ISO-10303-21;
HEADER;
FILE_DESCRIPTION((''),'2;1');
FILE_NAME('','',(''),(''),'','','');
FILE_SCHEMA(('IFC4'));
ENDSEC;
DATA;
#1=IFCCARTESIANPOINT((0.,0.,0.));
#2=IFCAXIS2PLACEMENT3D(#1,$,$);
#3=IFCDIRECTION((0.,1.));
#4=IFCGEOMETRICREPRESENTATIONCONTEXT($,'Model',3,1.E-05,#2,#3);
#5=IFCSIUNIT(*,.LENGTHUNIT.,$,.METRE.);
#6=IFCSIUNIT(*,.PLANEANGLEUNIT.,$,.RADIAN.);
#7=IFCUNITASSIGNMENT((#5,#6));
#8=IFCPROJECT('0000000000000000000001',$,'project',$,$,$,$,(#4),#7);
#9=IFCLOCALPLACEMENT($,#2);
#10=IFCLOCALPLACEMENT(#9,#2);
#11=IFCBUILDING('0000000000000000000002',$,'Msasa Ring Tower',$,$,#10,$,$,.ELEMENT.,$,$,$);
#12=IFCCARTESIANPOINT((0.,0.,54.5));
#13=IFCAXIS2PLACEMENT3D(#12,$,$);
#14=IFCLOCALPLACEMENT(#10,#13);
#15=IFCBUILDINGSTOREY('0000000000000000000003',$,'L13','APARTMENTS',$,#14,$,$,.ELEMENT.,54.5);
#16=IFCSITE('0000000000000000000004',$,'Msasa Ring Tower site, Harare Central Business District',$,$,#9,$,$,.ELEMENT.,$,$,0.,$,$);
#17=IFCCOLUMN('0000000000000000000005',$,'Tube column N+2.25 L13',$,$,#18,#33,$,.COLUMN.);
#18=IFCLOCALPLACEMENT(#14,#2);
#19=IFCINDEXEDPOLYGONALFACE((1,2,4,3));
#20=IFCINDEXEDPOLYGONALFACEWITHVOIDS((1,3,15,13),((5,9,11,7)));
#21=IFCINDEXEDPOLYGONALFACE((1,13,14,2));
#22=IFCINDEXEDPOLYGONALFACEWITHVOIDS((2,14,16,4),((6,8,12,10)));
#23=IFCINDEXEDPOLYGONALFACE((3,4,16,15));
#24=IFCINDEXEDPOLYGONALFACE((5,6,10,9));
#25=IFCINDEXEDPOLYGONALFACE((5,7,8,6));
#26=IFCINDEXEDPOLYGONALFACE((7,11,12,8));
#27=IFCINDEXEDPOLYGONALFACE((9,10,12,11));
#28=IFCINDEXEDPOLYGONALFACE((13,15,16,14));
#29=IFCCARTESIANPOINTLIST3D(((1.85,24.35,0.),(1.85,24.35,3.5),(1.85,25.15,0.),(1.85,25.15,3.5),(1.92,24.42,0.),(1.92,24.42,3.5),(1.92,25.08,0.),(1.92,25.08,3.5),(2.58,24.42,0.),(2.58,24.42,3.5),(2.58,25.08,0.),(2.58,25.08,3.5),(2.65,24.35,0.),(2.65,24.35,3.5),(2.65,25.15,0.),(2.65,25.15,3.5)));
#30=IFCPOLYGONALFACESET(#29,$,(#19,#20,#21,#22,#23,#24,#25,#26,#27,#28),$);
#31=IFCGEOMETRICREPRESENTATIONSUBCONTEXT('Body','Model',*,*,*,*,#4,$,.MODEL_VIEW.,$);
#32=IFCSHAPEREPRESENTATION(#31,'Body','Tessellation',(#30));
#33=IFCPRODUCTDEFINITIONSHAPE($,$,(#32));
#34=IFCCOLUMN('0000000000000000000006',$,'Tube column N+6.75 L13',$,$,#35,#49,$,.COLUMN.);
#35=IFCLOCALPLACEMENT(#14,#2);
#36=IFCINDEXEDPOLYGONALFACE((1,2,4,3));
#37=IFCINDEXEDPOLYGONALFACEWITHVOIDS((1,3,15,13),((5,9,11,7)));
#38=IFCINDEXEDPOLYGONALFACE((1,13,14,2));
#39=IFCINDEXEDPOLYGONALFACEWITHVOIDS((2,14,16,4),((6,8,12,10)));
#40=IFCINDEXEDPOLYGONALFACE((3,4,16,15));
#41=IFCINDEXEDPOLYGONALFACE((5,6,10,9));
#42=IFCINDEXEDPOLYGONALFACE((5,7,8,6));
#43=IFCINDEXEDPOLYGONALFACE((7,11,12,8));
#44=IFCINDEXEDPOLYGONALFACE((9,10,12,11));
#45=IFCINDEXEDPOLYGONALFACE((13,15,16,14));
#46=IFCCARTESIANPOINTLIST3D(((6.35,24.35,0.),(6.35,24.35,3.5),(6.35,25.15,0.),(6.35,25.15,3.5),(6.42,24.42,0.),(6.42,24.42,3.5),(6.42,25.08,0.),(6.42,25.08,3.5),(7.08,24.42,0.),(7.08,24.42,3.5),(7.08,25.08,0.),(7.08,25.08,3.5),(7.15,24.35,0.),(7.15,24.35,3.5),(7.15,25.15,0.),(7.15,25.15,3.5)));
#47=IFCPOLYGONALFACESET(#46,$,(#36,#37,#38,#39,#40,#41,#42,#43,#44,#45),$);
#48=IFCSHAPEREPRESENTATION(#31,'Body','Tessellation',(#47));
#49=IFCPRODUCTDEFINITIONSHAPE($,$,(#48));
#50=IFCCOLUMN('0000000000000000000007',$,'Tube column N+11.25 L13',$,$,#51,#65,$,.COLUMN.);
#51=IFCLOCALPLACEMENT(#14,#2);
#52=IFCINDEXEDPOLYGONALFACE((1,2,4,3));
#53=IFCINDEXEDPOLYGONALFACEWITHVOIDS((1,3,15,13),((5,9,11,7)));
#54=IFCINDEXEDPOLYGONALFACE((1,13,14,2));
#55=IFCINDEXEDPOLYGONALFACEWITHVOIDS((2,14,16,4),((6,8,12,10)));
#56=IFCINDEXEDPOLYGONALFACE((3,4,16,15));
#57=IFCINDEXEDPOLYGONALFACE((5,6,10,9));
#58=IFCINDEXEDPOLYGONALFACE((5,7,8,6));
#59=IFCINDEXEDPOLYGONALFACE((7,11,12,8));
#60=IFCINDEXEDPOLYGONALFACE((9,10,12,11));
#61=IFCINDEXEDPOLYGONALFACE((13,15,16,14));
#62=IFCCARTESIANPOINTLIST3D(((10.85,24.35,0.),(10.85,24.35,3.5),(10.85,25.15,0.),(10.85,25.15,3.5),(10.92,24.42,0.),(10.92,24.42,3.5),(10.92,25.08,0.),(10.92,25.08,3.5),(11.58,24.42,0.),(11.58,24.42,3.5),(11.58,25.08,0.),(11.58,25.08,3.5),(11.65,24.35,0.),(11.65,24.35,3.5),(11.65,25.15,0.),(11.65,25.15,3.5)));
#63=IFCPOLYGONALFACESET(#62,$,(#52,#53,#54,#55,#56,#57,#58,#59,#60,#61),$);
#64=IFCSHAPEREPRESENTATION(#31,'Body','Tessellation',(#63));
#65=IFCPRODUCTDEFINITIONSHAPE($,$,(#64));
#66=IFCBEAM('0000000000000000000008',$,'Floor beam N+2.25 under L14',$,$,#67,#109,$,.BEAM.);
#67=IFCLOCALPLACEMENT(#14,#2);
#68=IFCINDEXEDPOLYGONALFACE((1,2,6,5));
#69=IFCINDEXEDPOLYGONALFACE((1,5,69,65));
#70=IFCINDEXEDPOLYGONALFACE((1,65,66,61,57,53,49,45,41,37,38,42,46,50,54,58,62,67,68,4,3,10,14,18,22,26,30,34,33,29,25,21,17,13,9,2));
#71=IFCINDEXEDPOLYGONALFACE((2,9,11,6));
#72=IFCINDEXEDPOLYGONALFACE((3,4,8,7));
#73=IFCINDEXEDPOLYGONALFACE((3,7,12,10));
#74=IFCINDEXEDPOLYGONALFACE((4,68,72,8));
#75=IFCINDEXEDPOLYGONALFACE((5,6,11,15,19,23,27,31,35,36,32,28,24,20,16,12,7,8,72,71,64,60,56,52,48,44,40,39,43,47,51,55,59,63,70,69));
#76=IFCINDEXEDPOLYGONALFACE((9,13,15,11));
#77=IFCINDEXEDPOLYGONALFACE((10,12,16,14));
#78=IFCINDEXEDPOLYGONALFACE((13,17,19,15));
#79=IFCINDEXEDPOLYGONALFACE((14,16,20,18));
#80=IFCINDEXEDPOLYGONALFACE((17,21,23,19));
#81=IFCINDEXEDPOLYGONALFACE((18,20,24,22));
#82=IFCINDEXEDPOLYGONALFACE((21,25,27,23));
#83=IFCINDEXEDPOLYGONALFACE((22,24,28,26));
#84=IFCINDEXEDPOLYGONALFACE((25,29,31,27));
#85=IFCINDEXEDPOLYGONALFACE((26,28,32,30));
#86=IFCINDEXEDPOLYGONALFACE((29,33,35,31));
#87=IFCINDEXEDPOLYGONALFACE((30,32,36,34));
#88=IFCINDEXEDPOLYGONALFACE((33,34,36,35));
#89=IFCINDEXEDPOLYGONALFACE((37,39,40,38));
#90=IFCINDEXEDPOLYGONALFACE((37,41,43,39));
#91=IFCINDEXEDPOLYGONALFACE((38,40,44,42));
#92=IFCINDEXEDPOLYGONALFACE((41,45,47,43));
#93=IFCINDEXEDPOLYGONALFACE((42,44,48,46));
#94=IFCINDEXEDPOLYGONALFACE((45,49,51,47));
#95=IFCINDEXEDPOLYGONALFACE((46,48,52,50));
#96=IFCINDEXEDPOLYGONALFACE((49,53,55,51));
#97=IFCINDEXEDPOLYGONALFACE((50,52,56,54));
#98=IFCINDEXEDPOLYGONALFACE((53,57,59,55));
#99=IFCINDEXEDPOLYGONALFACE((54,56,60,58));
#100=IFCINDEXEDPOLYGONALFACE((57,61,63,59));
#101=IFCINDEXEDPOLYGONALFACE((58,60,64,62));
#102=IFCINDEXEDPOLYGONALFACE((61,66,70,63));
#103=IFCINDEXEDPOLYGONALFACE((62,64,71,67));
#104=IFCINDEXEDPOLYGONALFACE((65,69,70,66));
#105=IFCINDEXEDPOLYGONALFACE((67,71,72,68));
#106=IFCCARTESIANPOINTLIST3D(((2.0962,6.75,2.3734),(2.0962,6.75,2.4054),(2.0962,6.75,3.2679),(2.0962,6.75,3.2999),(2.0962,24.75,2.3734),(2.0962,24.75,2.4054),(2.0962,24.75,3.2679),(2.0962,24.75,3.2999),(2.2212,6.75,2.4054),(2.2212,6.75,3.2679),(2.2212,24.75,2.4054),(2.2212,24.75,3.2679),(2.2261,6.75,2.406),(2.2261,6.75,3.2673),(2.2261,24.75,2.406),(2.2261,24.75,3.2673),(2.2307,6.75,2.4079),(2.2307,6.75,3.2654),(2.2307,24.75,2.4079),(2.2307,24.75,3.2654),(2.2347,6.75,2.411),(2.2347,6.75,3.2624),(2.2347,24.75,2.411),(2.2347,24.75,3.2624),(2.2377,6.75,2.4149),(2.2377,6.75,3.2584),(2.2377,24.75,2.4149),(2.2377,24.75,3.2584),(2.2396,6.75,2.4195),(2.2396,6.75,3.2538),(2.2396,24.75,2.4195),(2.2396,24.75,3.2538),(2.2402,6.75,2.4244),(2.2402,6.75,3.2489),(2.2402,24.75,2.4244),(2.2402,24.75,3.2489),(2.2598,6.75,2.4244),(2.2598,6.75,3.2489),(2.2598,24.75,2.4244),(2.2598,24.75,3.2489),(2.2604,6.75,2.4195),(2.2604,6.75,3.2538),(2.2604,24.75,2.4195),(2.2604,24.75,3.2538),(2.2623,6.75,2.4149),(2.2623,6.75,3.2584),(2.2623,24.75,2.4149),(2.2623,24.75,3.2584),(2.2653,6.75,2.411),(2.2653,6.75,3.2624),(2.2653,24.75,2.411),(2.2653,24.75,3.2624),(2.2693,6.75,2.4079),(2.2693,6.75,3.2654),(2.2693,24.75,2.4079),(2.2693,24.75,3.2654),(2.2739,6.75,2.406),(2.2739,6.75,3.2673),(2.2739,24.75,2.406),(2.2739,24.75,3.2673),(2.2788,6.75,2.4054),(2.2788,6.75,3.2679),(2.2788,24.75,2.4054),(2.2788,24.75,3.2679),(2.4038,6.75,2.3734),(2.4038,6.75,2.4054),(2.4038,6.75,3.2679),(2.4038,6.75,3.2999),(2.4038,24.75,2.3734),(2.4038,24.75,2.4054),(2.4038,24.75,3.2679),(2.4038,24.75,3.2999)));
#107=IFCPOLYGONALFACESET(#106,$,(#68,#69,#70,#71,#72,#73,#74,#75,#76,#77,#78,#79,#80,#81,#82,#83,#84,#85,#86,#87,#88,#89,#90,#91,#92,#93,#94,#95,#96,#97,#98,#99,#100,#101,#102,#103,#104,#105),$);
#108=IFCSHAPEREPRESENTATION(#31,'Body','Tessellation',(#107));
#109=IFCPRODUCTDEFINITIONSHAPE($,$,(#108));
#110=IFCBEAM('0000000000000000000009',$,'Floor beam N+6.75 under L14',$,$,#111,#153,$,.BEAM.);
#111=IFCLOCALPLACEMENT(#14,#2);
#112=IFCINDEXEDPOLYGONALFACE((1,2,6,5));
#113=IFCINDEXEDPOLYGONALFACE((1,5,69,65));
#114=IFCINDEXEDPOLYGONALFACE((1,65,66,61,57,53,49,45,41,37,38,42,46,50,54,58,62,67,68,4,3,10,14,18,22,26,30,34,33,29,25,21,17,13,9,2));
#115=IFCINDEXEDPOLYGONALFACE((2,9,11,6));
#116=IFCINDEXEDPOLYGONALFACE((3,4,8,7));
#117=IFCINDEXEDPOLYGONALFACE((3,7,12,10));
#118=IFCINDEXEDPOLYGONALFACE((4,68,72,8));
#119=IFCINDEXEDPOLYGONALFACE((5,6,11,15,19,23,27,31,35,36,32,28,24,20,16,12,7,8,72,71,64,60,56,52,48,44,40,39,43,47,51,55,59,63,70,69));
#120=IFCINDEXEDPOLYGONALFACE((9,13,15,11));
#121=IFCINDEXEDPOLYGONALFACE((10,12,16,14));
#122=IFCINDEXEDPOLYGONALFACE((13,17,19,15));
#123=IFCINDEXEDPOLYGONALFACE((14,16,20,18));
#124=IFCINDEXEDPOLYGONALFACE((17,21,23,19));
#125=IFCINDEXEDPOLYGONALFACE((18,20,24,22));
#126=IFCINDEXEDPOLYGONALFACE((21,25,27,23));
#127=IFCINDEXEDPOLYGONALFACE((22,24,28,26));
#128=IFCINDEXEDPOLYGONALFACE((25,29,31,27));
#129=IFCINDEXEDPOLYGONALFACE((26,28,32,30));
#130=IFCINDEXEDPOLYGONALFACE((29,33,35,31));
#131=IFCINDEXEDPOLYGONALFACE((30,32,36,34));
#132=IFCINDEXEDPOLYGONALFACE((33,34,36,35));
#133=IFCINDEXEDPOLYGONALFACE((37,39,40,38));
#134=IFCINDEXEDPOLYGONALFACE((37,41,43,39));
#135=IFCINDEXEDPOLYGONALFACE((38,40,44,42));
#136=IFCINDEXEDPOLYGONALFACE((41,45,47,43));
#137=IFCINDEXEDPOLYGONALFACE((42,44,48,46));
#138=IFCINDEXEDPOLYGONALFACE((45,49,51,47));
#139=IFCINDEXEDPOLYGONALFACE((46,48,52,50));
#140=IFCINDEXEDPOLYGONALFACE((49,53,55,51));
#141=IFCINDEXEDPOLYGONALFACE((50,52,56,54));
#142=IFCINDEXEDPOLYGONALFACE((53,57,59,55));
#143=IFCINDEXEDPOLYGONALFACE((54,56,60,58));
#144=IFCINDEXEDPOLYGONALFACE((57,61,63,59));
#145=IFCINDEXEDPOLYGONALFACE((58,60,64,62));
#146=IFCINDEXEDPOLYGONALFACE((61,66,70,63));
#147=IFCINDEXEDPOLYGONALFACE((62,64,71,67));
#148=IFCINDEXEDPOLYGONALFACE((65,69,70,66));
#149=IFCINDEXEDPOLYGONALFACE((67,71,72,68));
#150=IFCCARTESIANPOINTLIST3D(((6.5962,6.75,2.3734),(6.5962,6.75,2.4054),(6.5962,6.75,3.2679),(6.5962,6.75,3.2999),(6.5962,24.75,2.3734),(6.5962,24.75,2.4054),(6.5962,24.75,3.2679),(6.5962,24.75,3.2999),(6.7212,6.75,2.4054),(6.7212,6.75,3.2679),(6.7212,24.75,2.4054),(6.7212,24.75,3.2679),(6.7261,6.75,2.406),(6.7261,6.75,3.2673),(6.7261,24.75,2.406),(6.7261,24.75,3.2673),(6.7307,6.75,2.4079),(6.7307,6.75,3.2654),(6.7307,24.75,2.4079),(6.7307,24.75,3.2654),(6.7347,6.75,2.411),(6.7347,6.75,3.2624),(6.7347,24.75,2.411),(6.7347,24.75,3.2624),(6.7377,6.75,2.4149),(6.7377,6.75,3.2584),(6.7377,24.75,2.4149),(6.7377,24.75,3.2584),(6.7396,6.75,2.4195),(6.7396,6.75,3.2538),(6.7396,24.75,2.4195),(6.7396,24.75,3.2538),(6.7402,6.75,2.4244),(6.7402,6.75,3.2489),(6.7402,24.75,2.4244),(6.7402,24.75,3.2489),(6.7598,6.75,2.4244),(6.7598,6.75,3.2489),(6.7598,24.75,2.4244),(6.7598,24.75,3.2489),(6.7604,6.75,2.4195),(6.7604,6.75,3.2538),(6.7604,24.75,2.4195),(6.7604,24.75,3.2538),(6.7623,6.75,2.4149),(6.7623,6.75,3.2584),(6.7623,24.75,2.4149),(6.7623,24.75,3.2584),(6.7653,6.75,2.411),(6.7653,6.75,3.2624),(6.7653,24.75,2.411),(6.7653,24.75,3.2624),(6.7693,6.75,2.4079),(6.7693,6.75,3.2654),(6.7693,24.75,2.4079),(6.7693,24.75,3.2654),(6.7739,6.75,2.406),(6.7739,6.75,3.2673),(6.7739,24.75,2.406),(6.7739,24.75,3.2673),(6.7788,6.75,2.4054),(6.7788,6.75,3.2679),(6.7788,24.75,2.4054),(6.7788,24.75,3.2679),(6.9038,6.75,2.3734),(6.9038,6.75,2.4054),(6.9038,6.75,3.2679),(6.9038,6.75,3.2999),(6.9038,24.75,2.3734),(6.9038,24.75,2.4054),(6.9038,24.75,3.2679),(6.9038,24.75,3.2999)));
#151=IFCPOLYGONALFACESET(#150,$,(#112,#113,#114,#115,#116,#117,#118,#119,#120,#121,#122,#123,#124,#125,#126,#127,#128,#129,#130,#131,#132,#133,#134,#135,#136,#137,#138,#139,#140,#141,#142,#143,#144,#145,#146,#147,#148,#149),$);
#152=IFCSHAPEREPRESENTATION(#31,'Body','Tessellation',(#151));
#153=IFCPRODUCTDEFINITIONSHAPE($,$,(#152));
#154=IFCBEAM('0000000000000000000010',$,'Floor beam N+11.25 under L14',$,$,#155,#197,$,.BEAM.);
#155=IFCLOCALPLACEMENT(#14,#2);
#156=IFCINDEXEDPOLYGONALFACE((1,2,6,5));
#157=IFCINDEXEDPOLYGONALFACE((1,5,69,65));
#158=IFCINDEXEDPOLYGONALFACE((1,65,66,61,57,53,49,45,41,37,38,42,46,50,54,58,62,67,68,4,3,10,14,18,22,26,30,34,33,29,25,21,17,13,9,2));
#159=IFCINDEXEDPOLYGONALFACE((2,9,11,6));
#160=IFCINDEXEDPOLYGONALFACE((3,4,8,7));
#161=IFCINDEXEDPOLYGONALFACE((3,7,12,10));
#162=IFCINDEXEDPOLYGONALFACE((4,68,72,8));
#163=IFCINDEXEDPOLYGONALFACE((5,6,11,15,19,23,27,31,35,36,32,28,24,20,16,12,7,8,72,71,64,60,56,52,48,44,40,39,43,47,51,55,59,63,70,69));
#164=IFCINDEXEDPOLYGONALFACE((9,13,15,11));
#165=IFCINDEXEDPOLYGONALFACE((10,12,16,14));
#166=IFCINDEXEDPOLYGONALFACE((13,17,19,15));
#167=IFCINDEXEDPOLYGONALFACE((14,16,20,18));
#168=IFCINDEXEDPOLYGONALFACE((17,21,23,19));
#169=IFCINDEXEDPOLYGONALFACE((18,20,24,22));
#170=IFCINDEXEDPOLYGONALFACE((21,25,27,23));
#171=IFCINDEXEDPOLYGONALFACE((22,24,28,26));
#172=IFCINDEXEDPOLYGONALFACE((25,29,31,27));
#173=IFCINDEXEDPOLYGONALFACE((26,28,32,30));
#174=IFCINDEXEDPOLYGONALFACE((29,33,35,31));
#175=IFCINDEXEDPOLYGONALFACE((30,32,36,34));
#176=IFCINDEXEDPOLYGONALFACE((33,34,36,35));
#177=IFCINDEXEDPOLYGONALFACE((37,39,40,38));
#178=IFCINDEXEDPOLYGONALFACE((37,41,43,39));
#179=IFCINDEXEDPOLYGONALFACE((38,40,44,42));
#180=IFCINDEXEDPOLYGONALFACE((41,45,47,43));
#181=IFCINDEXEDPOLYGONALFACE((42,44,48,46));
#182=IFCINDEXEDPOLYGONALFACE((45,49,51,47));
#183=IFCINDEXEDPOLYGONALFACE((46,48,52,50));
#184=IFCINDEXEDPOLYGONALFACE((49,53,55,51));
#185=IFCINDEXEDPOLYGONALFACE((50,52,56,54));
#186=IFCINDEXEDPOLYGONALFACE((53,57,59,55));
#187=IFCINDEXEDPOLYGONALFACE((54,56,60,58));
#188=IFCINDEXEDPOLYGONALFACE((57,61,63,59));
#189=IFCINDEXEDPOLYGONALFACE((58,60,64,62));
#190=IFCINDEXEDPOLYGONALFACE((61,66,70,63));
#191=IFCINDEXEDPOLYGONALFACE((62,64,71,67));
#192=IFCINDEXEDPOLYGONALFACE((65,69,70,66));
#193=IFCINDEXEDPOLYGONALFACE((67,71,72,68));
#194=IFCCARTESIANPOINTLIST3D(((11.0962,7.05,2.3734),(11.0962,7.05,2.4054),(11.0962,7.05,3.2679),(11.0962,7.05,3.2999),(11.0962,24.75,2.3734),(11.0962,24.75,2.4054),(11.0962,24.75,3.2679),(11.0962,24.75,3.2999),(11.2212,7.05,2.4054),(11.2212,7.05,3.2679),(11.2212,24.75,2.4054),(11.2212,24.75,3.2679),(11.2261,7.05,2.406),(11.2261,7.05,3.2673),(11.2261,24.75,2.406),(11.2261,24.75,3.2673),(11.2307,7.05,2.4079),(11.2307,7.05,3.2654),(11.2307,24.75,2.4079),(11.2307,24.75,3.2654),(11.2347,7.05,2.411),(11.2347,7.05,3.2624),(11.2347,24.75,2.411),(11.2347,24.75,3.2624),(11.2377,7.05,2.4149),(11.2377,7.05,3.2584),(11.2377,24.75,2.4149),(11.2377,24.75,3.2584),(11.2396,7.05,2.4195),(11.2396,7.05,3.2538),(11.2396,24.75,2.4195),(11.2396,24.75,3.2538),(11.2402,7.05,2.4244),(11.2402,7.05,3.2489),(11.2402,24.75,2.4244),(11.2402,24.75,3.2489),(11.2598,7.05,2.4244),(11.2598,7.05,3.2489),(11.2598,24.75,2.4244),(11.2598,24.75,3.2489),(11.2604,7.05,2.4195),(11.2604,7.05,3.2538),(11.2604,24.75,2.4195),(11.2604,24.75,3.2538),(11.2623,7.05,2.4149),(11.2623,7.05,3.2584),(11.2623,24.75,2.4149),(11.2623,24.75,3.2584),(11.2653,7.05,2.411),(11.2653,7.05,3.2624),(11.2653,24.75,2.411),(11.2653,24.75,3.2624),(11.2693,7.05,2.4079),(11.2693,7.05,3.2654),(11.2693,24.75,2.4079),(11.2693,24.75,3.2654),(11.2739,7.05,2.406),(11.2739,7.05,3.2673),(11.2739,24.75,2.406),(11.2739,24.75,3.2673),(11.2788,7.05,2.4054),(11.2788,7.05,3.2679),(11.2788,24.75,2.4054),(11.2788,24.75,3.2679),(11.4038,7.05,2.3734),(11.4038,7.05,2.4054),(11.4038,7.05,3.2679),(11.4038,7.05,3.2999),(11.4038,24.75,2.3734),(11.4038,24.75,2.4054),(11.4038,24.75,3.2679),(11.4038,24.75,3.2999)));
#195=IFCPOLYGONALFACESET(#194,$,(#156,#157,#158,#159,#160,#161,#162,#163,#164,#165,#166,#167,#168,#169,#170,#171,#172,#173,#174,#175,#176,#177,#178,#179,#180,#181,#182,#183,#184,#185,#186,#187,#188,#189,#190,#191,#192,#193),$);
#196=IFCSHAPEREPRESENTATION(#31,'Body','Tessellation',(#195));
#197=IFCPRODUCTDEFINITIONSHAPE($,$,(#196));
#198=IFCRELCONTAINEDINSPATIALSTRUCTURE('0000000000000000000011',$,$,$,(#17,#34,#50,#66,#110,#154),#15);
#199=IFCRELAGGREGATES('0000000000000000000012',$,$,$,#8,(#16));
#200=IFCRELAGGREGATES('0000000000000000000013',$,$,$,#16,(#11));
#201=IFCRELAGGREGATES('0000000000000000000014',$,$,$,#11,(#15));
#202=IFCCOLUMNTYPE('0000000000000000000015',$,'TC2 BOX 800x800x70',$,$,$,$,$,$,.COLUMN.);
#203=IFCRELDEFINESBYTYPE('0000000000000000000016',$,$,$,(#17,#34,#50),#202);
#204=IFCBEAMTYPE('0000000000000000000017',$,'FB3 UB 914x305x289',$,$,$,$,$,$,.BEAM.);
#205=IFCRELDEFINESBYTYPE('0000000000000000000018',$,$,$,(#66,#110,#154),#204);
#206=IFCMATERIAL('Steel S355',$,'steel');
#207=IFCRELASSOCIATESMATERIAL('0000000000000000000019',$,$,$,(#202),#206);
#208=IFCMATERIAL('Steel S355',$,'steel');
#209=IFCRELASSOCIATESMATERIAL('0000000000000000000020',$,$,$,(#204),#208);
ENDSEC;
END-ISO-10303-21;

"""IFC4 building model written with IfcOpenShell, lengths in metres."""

from ifc_helpers import new_model, si_unit, direction, frame, origin, origin_2d, place, context, subcontext, project, spatial, hollow_rectangle, i_section, extrude, material, material_profile, profile_set, type_object, element, save


model = new_model("IFC4")

# Units and contexts
model_context = context("Model", 3, precision=1e-05, world=origin(), true_north=direction((0.0, 1.0)))
body_context = subcontext(model_context, "Body", "Model", "MODEL_VIEW")
ifc_project = project(units=[si_unit("LENGTHUNIT", "METRE"), si_unit("PLANEANGLEUNIT", "RADIAN")], contexts=[model_context])

# Site, building, storey
site_placement = place(None, origin())
site = spatial("IfcSite", under=ifc_project, at=site_placement, Name="Msasa Ring Tower site, Harare Central Business District", CompositionType="ELEMENT", RefElevation=0.0)
building_placement = place(site_placement, origin())
building = spatial("IfcBuilding", under=site, at=building_placement, Name="Msasa Ring Tower", CompositionType="ELEMENT")
storey_placement = place(building_placement, frame((0.0, 0.0, 54.5)))
storey = spatial("IfcBuildingStorey", under=building, at=storey_placement, Name="L13", Description="APARTMENTS", CompositionType="ELEMENT", Elevation=54.5)

# Columns
ifc_material_1 = material(Name="Steel S355", Category="steel")
ifc_material_profile_1 = material_profile(ifc_material_1, hollow_rectangle(XDim=0.8, YDim=0.8, WallThickness=0.0701, at=origin_2d()), Name="BOX 800x800x70")
ifc_profile_set_1 = profile_set([ifc_material_profile_1], Name="Steel S355")
column_type = type_object("IfcColumnType", Name="TC2 BOX 800x800x70", PredefinedType="COLUMN", material=ifc_profile_set_1)
for number, where, z_axis, x_axis, name in (
    (1, (2.25, 24.75, 0.0), (0.0, 0.0, 1.0), (0.0, 1.0, 0.0), "Tube column N+2.25 L13"),
    (2, (6.75, 24.75, 0.0), (0.0, 0.0, 1.0), (0.0, 1.0, 0.0), "Tube column N+6.75 L13"),
    (3, (11.25, 24.75, 0.0), (0.0, 0.0, 1.0), (0.0, 1.0, 0.0), "Tube column N+11.25 L13"),
):
    element("IfcColumn", number, at=place(storey_placement, frame(where, z_axis=z_axis, x_axis=x_axis)), inside=storey, type_object=column_type, Name=name, PredefinedType="COLUMN", context=body_context, shape_type="SweptSolid", body=[
        extrude(hollow_rectangle(XDim=0.8, YDim=0.8, WallThickness=0.0701, at=origin_2d()), origin(), (0.0, 0.0, 1.0), 3.5),
    ])

# Beams
ifc_material_2 = material(Name="Steel S355", Category="steel")
ifc_material_profile_2 = material_profile(ifc_material_2, i_section(OverallWidth=0.3076, OverallDepth=0.9265, WebThickness=0.0195, FlangeThickness=0.032, FilletRadius=0.019, at=origin_2d()), Name="UB 914x305x289")
ifc_profile_set_2 = profile_set([ifc_material_profile_2], Name="Steel S355")
beam_type_1 = type_object("IfcBeamType", Name="FB3 UB 914x305x289", PredefinedType="BEAM", material=ifc_profile_set_2)
for number, where, z_axis, x_axis, name in (
    (4, (2.25, 24.75, 2.8367), (0.0, -1.0, 0.0), (1.0, 0.0, 0.0), "Floor beam N+2.25 under L14"),
    (5, (6.75, 24.75, 2.8367), (0.0, -1.0, 0.0), (1.0, 0.0, 0.0), "Floor beam N+6.75 under L14"),
):
    element("IfcBeam", number, at=place(storey_placement, frame(where, z_axis=z_axis, x_axis=x_axis)), inside=storey, type_object=beam_type_1, Name=name, PredefinedType="BEAM", context=body_context, shape_type="SweptSolid", body=[
        extrude(i_section(OverallWidth=0.3076, OverallDepth=0.9265, WebThickness=0.0195, FlangeThickness=0.032, FilletRadius=0.019, at=origin_2d()), origin(), (0.0, 0.0, 1.0), 18.0),
    ])
beam_placement = place(storey_placement, frame((11.25, 24.75, 2.8367), z_axis=(0.0, -1.0, 0.0), x_axis=(1.0, 0.0, 0.0)))
element("IfcBeam", 6, at=beam_placement, inside=storey, type_object=beam_type_1, Name="Floor beam N+11.25 under L14", PredefinedType="BEAM", context=body_context, shape_type="SweptSolid", body=[
    extrude(i_section(OverallWidth=0.3076, OverallDepth=0.9265, WebThickness=0.0195, FlangeThickness=0.032, FilletRadius=0.019, at=origin_2d()), origin(), (0.0, 0.0, 1.0), 17.7),
])

save(model, "model.ifc")
